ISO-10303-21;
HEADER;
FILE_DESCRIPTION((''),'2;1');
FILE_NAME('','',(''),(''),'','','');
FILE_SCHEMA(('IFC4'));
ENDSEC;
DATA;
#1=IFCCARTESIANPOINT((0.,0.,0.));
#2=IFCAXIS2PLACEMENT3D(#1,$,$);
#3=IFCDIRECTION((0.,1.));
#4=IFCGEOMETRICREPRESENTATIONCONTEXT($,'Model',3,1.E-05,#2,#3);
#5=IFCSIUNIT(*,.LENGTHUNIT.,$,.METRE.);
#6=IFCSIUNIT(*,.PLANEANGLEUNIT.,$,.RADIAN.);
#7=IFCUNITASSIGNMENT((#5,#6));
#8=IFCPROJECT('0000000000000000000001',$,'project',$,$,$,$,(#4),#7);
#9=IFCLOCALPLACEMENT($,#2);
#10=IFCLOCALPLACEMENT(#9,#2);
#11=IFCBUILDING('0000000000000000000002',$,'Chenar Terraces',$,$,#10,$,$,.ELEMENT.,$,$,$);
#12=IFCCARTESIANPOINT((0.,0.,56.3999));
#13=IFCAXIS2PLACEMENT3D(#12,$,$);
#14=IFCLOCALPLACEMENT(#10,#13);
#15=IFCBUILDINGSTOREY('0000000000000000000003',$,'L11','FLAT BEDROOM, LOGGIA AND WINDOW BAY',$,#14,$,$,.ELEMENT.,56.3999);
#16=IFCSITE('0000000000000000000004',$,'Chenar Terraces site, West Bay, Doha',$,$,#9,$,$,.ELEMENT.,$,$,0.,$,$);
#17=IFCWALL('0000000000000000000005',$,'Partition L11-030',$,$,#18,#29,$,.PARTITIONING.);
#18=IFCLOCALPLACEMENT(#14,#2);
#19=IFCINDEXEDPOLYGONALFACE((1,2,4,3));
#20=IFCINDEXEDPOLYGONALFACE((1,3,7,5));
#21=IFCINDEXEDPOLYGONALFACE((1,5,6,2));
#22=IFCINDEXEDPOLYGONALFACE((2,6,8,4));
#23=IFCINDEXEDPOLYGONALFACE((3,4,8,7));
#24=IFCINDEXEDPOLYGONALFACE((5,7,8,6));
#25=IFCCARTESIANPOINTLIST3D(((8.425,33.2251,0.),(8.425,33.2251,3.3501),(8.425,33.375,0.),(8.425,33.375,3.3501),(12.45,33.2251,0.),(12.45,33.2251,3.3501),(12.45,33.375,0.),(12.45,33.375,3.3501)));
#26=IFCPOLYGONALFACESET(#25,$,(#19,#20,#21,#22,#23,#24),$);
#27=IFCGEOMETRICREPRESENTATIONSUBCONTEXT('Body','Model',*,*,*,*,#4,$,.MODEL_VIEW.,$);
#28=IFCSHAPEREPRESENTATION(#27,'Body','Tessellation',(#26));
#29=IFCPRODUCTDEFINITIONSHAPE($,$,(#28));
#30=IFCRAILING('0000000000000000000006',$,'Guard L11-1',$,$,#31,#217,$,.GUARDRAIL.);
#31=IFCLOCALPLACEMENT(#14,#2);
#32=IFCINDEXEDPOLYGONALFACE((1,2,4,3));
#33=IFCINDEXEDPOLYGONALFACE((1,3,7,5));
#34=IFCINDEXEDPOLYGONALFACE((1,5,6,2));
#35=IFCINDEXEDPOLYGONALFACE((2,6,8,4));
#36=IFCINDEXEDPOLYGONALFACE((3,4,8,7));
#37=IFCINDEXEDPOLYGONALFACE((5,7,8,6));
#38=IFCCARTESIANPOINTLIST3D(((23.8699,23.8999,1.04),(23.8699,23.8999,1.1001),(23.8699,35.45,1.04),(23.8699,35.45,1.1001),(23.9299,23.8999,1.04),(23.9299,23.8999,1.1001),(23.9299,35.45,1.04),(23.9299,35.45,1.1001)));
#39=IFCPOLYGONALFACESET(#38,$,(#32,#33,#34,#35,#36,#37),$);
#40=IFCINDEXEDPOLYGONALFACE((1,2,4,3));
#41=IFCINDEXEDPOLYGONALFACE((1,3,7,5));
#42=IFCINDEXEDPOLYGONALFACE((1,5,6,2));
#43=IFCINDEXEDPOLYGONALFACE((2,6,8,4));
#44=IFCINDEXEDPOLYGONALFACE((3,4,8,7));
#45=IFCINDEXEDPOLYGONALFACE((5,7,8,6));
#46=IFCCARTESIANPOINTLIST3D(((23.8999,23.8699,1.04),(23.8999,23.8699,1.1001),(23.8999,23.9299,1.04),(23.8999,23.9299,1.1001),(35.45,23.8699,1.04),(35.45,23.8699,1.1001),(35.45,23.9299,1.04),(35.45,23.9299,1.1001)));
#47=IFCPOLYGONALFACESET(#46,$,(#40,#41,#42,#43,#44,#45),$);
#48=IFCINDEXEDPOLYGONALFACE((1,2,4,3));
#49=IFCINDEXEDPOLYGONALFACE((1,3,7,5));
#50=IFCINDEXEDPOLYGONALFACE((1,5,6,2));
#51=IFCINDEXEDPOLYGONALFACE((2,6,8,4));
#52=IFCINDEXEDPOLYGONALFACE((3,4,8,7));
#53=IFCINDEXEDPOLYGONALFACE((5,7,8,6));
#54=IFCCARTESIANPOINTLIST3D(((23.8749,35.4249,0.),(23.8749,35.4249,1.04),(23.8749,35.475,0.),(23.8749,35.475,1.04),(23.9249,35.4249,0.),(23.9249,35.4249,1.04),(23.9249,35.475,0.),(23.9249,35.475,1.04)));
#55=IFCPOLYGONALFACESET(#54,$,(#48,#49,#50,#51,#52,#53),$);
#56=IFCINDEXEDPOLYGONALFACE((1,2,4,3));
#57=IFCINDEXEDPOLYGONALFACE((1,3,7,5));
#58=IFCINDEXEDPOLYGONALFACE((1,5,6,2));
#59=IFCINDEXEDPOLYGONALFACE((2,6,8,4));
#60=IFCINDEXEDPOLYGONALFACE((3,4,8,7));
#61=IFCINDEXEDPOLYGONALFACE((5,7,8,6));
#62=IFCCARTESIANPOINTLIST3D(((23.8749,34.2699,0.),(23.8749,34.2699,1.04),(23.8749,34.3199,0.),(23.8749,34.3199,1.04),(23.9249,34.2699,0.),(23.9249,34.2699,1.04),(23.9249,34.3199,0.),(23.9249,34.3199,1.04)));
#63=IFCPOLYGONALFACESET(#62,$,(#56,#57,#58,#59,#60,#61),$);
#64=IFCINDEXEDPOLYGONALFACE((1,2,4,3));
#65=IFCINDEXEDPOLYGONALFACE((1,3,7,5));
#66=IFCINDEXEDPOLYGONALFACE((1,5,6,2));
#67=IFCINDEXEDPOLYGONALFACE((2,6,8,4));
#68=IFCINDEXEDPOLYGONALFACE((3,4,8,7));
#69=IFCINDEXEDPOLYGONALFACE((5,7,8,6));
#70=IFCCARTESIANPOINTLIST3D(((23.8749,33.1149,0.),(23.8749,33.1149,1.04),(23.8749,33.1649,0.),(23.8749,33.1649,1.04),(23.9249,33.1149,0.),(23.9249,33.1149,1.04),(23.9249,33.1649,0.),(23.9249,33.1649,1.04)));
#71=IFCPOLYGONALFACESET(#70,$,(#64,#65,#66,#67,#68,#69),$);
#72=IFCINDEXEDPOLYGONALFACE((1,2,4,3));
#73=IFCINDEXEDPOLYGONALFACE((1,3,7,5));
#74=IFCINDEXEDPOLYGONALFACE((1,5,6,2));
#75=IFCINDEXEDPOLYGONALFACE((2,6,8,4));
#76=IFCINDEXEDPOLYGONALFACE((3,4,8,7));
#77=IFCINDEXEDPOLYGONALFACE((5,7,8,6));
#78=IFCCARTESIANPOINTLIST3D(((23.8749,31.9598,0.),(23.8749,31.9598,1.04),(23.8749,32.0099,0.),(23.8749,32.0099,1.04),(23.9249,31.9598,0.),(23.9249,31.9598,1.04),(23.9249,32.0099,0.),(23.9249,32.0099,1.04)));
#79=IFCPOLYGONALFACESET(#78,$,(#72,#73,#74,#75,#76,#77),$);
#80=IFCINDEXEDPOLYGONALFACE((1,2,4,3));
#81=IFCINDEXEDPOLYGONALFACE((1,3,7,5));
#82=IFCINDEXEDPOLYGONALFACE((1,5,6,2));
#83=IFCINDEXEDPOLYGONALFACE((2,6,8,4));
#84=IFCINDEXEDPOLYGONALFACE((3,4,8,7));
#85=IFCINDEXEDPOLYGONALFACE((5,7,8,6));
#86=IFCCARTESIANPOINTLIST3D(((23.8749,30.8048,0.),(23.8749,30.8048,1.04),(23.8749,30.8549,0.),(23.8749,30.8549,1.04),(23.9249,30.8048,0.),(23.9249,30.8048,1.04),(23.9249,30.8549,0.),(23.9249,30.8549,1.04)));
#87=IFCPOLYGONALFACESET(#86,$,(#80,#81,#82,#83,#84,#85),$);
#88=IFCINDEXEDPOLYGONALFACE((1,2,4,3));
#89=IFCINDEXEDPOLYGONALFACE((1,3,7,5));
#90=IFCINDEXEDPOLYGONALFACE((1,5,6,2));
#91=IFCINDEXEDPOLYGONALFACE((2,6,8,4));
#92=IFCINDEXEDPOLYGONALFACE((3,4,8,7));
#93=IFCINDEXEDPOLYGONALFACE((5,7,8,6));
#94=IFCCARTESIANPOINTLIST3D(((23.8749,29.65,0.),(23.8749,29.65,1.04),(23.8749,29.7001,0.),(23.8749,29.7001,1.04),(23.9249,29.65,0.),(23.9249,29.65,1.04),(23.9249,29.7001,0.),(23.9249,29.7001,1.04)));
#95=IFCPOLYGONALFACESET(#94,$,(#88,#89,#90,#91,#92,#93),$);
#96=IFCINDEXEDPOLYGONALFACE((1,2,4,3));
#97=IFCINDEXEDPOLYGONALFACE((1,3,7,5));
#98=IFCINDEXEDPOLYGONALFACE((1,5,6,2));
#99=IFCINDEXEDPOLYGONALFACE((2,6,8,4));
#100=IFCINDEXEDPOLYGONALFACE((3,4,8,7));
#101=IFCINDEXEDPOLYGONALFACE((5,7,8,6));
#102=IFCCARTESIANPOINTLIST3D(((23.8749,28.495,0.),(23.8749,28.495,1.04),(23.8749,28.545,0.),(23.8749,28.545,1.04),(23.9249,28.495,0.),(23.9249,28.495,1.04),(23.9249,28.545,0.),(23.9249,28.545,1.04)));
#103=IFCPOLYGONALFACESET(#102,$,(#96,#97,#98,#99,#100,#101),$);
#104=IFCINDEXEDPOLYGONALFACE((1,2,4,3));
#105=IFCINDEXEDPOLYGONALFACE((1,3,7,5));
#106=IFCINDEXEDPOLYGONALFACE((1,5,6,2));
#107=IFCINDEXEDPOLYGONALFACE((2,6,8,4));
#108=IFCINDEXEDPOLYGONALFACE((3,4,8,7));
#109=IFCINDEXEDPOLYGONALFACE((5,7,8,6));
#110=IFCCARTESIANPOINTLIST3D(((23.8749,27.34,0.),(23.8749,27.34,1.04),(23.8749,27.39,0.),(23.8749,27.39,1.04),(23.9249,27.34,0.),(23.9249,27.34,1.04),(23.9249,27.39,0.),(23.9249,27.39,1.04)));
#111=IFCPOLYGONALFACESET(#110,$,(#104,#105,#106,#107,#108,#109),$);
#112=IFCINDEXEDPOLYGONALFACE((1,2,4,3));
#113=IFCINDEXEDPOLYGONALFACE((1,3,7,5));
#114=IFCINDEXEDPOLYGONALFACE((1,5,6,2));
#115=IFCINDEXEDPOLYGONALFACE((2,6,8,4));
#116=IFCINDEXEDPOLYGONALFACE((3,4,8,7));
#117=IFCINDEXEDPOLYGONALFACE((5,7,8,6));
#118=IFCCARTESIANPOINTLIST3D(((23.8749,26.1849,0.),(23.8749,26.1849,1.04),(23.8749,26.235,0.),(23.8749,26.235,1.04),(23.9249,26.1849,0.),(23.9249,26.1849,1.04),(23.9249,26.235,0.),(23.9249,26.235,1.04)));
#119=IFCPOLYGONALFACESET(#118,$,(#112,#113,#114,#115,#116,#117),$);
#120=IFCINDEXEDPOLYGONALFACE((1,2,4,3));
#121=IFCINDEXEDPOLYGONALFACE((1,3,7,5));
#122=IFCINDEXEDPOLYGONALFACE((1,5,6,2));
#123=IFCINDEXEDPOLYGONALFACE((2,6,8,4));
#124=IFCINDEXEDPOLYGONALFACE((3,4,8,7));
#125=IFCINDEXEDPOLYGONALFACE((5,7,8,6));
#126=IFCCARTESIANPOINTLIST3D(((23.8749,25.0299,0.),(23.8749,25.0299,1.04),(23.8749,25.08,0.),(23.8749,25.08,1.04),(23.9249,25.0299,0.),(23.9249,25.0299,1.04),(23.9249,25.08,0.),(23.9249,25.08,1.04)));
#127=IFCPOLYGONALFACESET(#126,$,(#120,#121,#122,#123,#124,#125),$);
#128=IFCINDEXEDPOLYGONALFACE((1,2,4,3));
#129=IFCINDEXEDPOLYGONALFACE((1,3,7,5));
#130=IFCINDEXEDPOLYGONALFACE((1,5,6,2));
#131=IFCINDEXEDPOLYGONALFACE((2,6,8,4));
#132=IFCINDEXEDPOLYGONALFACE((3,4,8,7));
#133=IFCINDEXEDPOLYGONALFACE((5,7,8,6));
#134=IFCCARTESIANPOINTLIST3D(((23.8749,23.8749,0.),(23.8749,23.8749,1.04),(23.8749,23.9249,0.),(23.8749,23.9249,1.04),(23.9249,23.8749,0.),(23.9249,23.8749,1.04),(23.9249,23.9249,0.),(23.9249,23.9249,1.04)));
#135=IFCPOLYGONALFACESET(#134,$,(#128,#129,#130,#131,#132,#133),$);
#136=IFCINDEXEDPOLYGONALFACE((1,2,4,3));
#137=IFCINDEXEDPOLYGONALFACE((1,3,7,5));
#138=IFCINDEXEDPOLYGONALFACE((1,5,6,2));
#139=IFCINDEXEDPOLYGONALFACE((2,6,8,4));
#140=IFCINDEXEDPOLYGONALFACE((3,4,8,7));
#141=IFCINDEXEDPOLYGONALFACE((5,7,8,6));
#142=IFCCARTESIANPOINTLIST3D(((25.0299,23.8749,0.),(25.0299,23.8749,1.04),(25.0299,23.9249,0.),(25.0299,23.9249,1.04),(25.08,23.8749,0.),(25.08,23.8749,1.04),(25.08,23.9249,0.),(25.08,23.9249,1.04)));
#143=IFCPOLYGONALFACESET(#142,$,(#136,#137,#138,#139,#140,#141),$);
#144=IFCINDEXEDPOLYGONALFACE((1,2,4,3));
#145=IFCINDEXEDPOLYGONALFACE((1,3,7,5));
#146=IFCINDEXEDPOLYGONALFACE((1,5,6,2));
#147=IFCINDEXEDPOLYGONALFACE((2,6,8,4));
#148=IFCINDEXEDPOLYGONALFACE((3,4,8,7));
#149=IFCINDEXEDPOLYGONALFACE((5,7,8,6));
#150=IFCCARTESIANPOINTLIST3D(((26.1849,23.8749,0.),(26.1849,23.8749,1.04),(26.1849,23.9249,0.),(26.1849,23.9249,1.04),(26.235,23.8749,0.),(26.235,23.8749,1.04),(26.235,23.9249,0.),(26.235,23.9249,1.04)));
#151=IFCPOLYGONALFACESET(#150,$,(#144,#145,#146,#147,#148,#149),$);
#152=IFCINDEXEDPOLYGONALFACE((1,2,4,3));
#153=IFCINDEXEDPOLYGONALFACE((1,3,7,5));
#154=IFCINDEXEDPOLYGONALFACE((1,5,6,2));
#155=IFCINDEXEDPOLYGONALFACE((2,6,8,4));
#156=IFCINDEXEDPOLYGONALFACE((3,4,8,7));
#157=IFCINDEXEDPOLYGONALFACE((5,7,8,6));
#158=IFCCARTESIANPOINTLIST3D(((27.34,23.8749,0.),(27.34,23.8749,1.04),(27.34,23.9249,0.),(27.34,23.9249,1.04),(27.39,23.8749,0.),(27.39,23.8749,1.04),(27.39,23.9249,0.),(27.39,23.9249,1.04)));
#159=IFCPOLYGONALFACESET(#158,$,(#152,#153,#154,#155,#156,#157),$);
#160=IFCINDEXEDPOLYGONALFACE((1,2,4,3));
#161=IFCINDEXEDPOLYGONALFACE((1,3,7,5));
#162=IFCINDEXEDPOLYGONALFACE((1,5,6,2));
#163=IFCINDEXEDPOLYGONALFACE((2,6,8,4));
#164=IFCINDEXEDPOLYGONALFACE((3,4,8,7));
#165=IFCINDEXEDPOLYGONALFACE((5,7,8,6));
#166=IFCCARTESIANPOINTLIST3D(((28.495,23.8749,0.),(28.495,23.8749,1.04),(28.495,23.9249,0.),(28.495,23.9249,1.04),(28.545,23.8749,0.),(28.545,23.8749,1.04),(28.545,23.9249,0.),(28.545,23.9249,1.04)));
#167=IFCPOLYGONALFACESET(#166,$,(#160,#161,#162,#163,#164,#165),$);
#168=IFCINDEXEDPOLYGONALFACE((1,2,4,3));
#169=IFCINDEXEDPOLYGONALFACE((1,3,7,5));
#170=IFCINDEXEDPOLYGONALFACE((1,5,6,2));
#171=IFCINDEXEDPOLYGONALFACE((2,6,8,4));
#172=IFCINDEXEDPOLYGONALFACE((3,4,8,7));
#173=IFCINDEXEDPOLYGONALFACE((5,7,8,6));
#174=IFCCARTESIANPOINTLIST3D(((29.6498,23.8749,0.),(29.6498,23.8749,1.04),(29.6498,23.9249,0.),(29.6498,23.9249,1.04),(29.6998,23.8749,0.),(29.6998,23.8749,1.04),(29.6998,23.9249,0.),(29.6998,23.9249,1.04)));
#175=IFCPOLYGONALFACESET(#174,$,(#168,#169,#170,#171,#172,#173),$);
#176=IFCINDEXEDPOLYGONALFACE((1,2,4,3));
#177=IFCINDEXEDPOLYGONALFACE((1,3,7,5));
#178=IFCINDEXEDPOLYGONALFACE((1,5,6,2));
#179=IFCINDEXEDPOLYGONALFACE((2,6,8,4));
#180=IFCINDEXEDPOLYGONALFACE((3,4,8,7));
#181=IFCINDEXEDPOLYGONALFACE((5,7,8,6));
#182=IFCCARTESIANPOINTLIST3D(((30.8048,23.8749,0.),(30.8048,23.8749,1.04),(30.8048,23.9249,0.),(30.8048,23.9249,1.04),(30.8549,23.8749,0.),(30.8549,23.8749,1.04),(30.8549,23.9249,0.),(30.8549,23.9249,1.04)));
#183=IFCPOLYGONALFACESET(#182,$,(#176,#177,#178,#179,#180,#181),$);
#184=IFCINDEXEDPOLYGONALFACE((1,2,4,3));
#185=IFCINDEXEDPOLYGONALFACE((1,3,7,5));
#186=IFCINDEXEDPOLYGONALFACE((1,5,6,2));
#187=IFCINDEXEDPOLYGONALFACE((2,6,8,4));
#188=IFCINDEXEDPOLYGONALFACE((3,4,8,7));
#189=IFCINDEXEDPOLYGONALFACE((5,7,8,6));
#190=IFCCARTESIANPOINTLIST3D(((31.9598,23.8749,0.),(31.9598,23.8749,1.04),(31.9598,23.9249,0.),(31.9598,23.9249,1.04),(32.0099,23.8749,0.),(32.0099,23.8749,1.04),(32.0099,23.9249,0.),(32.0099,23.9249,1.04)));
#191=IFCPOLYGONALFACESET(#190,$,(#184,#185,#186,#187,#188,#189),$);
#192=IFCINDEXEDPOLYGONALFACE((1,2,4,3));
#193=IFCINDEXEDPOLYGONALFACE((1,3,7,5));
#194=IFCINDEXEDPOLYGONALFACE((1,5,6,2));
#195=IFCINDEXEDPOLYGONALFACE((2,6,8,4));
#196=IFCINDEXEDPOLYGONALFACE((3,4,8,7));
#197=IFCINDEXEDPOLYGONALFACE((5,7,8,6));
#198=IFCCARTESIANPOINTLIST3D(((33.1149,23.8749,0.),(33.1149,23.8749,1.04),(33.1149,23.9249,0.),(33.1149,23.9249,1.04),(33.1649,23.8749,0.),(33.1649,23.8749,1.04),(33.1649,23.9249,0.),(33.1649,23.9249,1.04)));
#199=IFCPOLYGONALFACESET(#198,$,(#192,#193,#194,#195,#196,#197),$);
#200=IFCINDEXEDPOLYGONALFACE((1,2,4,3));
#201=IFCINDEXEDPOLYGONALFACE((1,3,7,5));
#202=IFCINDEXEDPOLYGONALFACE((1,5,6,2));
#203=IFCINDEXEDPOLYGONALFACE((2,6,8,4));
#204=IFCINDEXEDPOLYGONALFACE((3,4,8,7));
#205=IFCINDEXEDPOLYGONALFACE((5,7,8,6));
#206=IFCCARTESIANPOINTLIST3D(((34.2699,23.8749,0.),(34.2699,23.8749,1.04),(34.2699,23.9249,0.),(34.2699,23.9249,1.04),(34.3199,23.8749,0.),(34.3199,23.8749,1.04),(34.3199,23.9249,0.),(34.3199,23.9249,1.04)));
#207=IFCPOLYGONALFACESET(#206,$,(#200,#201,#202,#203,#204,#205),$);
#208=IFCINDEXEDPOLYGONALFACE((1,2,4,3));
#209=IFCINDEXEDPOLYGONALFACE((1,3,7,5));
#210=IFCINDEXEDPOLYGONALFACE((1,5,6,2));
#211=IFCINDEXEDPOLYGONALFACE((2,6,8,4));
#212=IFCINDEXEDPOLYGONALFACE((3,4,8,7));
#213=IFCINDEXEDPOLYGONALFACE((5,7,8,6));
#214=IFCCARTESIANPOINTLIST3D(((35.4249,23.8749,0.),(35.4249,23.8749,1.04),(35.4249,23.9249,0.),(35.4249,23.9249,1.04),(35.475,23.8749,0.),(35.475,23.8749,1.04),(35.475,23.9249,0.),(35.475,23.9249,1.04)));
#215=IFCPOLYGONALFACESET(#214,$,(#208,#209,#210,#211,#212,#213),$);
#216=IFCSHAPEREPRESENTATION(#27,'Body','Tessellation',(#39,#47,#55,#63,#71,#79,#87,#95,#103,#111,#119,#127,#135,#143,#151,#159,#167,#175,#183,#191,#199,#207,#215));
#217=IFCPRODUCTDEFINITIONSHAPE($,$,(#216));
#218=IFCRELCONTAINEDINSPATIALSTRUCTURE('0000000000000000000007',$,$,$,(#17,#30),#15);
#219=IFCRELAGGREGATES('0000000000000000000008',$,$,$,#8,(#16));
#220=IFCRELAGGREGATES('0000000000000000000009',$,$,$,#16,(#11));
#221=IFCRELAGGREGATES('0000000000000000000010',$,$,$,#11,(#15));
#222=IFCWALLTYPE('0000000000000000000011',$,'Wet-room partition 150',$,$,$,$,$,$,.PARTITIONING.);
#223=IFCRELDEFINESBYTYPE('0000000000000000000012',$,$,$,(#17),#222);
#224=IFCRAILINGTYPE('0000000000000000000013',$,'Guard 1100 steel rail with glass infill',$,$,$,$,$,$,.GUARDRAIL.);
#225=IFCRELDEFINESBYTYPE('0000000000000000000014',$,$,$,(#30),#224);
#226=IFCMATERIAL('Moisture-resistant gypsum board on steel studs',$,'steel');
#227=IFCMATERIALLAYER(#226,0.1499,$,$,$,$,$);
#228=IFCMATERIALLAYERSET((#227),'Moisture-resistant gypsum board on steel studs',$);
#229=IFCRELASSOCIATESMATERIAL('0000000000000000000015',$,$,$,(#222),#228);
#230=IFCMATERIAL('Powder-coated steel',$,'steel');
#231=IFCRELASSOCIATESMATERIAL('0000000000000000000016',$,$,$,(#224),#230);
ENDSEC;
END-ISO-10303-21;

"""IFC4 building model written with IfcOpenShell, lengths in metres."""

from ifc_helpers import new_model, si_unit, direction, frame, frame_2d, origin, origin_2d, place, context, subcontext, project, spatial, rectangle, extrude, material, layer, layer_set, type_object, element, save


model = new_model("IFC4")

# Units and contexts
model_context = context("Model", 3, precision=1e-05, world=origin(), true_north=direction((0.0, 1.0)))
body_context = subcontext(model_context, "Body", "Model", "MODEL_VIEW")
ifc_project = project(units=[si_unit("LENGTHUNIT", "METRE"), si_unit("PLANEANGLEUNIT", "RADIAN")], contexts=[model_context])

# Site, building, storey
site_placement = place(None, origin())
site = spatial("IfcSite", under=ifc_project, at=site_placement, Name="Chenar Terraces site, West Bay, Doha", CompositionType="ELEMENT", RefElevation=0.0)
building_placement = place(site_placement, origin())
building = spatial("IfcBuilding", under=site, at=building_placement, Name="Chenar Terraces", CompositionType="ELEMENT")
storey_placement = place(building_placement, frame((0.0, 0.0, 56.3999)))
storey = spatial("IfcBuildingStorey", under=building, at=storey_placement, Name="L11", Description="FLAT BEDROOM, LOGGIA AND WINDOW BAY", CompositionType="ELEMENT", Elevation=56.3999)

# Wall
ifc_material_1 = material(Name="Moisture-resistant gypsum board on steel studs", Category="steel")
ifc_layer_1 = layer(ifc_material_1, 0.1499)
ifc_layer_set_1 = layer_set([ifc_layer_1], Name="Moisture-resistant gypsum board on steel studs")
wall_type_1 = type_object("IfcWallType", Name="Wet-room partition 150", PredefinedType="PARTITIONING", material=ifc_layer_set_1)
for number, where, z_axis, x_axis, name in (
    (1, (8.425, 33.3, 0.0), (0.0, 0.0, 1.0), (1.0, 0.0, 0.0), "Partition L11-030"),
):
    element("IfcWall", number, at=place(storey_placement, frame(where, z_axis=z_axis, x_axis=x_axis)), inside=storey, type_object=wall_type_1, Name=name, PredefinedType="PARTITIONING", context=body_context, shape_type="SweptSolid", body=[
        extrude(rectangle(XDim=4.0249, YDim=0.1499, at=frame_2d((2.0125, 0.0))), origin(), (0.0, 0.0, 1.0), 3.3501),
    ])

# Railing
ifc_material_2 = material(Name="Powder-coated steel", Category="steel")
railing_type = type_object("IfcRailingType", Name="Guard 1100 steel rail with glass infill", PredefinedType="GUARDRAIL", material=ifc_material_2)
railing_placement = place(storey_placement, frame((23.8999, 35.45, 0.0)))
element("IfcRailing", 2, at=railing_placement, inside=storey, type_object=railing_type, Name="Guard L11-1", PredefinedType="GUARDRAIL", context=body_context, shape_type="SweptSolid", body=[
    extrude(rectangle(XDim=0.0601, YDim=0.0601, at=origin_2d()), frame((0.0, 0.0, 1.0701), z_axis=(0.0, -1.0, 0.0), x_axis=(1.0, 0.0, 0.0)), (0.0, 0.0, 1.0), 11.55),
    extrude(rectangle(XDim=0.0601, YDim=0.0601, at=origin_2d()), frame((0.0, -11.55, 1.0701), z_axis=(1.0, 0.0, 0.0), x_axis=(0.0, 1.0, 0.0)), (0.0, 0.0, 1.0), 11.55),
    extrude(rectangle(XDim=0.05, YDim=0.05, at=origin_2d()), origin(), (0.0, 0.0, 1.0), 1.04),
    extrude(rectangle(XDim=0.05, YDim=0.05, at=origin_2d()), frame((0.0, -1.155, 0.0)), (0.0, 0.0, 1.0), 1.04),
    extrude(rectangle(XDim=0.05, YDim=0.05, at=origin_2d()), frame((0.0, -2.3101, 0.0)), (0.0, 0.0, 1.0), 1.04),
    extrude(rectangle(XDim=0.05, YDim=0.05, at=origin_2d()), frame((0.0, -3.4651, 0.0)), (0.0, 0.0, 1.0), 1.04),
    extrude(rectangle(XDim=0.05, YDim=0.05, at=origin_2d()), frame((0.0, -4.6201, 0.0)), (0.0, 0.0, 1.0), 1.04),
    extrude(rectangle(XDim=0.05, YDim=0.05, at=origin_2d()), frame((0.0, -5.7749, 0.0)), (0.0, 0.0, 1.0), 1.04),
    extrude(rectangle(XDim=0.05, YDim=0.05, at=origin_2d()), frame((0.0, -6.9299, 0.0)), (0.0, 0.0, 1.0), 1.04),
    extrude(rectangle(XDim=0.05, YDim=0.05, at=origin_2d()), frame((0.0, -8.085, 0.0)), (0.0, 0.0, 1.0), 1.04),
    extrude(rectangle(XDim=0.05, YDim=0.05, at=origin_2d()), frame((0.0, -9.24, 0.0)), (0.0, 0.0, 1.0), 1.04),
    extrude(rectangle(XDim=0.05, YDim=0.05, at=origin_2d()), frame((0.0, -10.395, 0.0)), (0.0, 0.0, 1.0), 1.04),
    extrude(rectangle(XDim=0.05, YDim=0.05, at=origin_2d()), frame((0.0, -11.55, 0.0)), (0.0, 0.0, 1.0), 1.04),
    extrude(rectangle(XDim=0.05, YDim=0.05, at=origin_2d()), frame((1.155, -11.55, 0.0)), (0.0, 0.0, 1.0), 1.04),
    extrude(rectangle(XDim=0.05, YDim=0.05, at=origin_2d()), frame((2.3101, -11.55, 0.0)), (0.0, 0.0, 1.0), 1.04),
    extrude(rectangle(XDim=0.05, YDim=0.05, at=origin_2d()), frame((3.4651, -11.55, 0.0)), (0.0, 0.0, 1.0), 1.04),
    extrude(rectangle(XDim=0.05, YDim=0.05, at=origin_2d()), frame((4.6201, -11.55, 0.0)), (0.0, 0.0, 1.0), 1.04),
    extrude(rectangle(XDim=0.05, YDim=0.05, at=origin_2d()), frame((5.7749, -11.55, 0.0)), (0.0, 0.0, 1.0), 1.04),
    extrude(rectangle(XDim=0.05, YDim=0.05, at=origin_2d()), frame((6.9299, -11.55, 0.0)), (0.0, 0.0, 1.0), 1.04),
    extrude(rectangle(XDim=0.05, YDim=0.05, at=origin_2d()), frame((8.085, -11.55, 0.0)), (0.0, 0.0, 1.0), 1.04),
    extrude(rectangle(XDim=0.05, YDim=0.05, at=origin_2d()), frame((9.24, -11.55, 0.0)), (0.0, 0.0, 1.0), 1.04),
    extrude(rectangle(XDim=0.05, YDim=0.05, at=origin_2d()), frame((10.395, -11.55, 0.0)), (0.0, 0.0, 1.0), 1.04),
    extrude(rectangle(XDim=0.05, YDim=0.05, at=origin_2d()), frame((11.55, -11.55, 0.0)), (0.0, 0.0, 1.0), 1.04),
])

save(model, "model.ifc")
